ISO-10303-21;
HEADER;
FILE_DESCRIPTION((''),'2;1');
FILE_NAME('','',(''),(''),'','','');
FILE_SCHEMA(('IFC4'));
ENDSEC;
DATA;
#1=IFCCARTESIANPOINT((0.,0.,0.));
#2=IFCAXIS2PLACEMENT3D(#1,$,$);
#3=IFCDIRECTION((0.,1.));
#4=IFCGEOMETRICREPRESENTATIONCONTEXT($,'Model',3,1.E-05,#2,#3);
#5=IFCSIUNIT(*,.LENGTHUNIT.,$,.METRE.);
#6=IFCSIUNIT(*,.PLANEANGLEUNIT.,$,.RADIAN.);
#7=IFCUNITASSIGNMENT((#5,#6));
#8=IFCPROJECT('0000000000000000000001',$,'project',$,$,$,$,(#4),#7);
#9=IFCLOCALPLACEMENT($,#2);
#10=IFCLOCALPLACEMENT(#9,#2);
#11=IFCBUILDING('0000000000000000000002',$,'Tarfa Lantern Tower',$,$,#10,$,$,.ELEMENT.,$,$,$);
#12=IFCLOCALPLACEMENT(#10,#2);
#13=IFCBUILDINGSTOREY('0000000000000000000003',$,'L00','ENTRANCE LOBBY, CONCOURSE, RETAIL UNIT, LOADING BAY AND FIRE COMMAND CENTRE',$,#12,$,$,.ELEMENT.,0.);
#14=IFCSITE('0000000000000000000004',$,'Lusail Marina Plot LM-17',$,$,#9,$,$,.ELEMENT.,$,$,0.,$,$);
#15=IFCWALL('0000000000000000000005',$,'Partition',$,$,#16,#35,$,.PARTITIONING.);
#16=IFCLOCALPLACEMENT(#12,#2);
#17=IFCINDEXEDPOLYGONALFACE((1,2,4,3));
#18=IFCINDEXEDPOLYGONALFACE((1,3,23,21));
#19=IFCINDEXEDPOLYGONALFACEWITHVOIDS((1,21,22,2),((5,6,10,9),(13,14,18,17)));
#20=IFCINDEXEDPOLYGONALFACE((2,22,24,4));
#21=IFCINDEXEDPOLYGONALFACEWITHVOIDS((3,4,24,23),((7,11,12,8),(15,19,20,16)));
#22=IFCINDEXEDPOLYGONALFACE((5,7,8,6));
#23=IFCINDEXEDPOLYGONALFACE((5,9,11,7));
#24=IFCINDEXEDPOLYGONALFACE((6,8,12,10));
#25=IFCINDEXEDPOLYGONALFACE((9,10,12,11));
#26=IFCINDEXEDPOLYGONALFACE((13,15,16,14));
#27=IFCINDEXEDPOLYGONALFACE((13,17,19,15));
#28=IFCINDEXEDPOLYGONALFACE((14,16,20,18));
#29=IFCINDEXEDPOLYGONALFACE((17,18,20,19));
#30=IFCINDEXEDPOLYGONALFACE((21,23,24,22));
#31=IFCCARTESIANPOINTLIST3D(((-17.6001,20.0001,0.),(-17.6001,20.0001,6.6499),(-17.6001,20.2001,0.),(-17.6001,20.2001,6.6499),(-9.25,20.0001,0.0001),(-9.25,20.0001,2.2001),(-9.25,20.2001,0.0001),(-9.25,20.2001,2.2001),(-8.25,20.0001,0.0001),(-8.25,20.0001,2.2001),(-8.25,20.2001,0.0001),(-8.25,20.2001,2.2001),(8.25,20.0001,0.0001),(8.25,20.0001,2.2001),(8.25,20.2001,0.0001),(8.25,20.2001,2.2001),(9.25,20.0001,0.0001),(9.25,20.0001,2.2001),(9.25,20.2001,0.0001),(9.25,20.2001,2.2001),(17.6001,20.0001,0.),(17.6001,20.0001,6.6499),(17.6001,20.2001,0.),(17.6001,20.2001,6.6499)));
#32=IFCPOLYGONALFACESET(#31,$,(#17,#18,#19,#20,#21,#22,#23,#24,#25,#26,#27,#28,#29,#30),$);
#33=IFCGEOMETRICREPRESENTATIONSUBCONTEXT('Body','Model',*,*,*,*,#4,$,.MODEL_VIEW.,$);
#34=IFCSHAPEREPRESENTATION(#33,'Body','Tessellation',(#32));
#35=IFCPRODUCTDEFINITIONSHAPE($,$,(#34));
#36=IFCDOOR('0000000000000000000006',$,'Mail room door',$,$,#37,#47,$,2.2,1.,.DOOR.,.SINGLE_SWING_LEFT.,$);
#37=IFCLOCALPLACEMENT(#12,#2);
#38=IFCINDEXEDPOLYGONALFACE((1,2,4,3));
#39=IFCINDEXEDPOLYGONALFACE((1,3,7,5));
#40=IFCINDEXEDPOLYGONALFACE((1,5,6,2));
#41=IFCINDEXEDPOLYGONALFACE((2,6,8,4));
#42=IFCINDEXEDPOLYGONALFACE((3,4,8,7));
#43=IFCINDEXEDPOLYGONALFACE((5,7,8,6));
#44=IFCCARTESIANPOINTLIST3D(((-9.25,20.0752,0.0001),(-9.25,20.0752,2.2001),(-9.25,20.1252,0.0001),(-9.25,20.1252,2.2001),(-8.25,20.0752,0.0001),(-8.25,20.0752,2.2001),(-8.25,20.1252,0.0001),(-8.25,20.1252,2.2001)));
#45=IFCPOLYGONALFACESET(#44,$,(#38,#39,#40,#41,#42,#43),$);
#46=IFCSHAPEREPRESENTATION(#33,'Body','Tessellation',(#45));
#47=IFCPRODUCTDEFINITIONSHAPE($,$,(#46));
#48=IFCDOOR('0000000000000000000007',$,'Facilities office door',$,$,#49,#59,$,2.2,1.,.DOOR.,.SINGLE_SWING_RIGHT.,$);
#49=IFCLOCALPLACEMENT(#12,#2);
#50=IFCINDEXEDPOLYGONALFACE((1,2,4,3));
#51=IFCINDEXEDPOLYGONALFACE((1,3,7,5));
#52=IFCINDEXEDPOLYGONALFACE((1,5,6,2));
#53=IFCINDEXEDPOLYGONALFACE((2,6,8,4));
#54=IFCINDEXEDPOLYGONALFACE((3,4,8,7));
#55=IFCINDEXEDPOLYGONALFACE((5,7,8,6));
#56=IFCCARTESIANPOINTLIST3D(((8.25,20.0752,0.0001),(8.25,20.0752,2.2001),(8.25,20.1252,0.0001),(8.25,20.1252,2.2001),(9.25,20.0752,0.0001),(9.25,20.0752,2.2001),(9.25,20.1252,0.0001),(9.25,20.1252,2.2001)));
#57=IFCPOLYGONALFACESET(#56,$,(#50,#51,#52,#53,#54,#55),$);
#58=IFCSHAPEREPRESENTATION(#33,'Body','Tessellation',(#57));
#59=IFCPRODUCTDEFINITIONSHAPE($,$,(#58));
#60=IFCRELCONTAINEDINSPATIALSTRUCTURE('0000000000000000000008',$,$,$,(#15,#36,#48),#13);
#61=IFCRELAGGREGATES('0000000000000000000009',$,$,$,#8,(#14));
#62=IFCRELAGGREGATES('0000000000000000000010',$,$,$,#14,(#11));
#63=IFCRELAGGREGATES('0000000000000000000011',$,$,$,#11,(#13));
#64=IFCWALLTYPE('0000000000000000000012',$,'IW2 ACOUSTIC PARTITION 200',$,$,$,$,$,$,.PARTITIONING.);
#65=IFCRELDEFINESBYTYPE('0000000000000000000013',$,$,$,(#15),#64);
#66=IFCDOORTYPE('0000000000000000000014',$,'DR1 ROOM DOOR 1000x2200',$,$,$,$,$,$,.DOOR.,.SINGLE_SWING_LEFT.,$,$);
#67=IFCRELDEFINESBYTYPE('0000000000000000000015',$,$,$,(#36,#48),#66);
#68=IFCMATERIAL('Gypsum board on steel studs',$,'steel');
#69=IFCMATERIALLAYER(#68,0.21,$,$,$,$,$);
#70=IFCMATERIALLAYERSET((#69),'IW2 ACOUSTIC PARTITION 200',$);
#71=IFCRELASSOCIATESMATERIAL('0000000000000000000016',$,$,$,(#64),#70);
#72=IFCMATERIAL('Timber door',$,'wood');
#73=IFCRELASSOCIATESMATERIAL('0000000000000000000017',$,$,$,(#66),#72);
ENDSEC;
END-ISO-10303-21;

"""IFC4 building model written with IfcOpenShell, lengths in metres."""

from ifc_helpers import new_model, si_unit, direction, frame, frame_2d, origin, place, context, subcontext, project, spatial, rectangle, extrude, material, layer, layer_set, type_object, element, fill, save


model = new_model("IFC4")

# Units and contexts
model_context = context("Model", 3, precision=1e-05, world=origin(), true_north=direction((0.0, 1.0)))
body_context = subcontext(model_context, "Body", "Model", "MODEL_VIEW")
ifc_project = project(units=[si_unit("LENGTHUNIT", "METRE"), si_unit("PLANEANGLEUNIT", "RADIAN")], contexts=[model_context])

# Site, building, storey
site_placement = place(None, origin())
site = spatial("IfcSite", under=ifc_project, at=site_placement, Name="Lusail Marina Plot LM-17", CompositionType="ELEMENT", RefElevation=0.0)
building_placement = place(site_placement, origin())
building = spatial("IfcBuilding", under=site, at=building_placement, Name="Tarfa Lantern Tower", CompositionType="ELEMENT")
storey_placement = place(building_placement, origin())
storey = spatial("IfcBuildingStorey", under=building, at=storey_placement, Name="L00", Description="ENTRANCE LOBBY, CONCOURSE, RETAIL UNIT, LOADING BAY AND FIRE COMMAND CENTRE", CompositionType="ELEMENT", Elevation=0.0)

# Wall, openings, doors
ifc_material_1 = material(Name="Gypsum board on steel studs", Category="steel")
ifc_layer = layer(ifc_material_1, 0.21)
ifc_layer_set = layer_set([ifc_layer], Name="IW2 ACOUSTIC PARTITION 200")
wall_type = type_object("IfcWallType", Name="IW2 ACOUSTIC PARTITION 200", PredefinedType="PARTITIONING", material=ifc_layer_set)
wall_placement = place(storey_placement, frame((-17.6001, 20.1001, 0.0), z_axis=(0.0, 0.0, 1.0), x_axis=(1.0, 0.0, 0.0)))
wall = element("IfcWall", 1, at=wall_placement, inside=storey, type_object=wall_type, Name="Partition", PredefinedType="PARTITIONING", context=body_context, shape_type="SweptSolid", body=[
    extrude(rectangle(XDim=35.2002, YDim=0.2, at=frame_2d((17.6001, 0.0))), origin(), (0.0, 0.0, 1.0), 6.6499),
])
opening_1_placement = place(wall_placement, frame((8.3501, 0.0, 0.0)))
opening_1 = element("IfcOpeningElement", 2, at=opening_1_placement, cuts=wall, PredefinedType="OPENING", context=body_context, shape_type="SweptSolid", body=[
    extrude(rectangle(XDim=1.0, YDim=2.2, at=frame_2d((0.5, 1.1001))), frame((0.0, 0.1099, 0.0), z_axis=(0.0, -1.0, 0.0), x_axis=(1.0, 0.0, 0.0)), (0.0, 0.0, 1.0), 0.22),
])
opening_2_placement = place(wall_placement, frame((25.8501, 0.0, 0.0)))
opening_2 = element("IfcOpeningElement", 3, at=opening_2_placement, cuts=wall, PredefinedType="OPENING", context=body_context, shape_type="SweptSolid", body=[
    extrude(rectangle(XDim=1.0, YDim=2.2, at=frame_2d((0.5, 1.1001))), frame((0.0, 0.1099, 0.0), z_axis=(0.0, -1.0, 0.0), x_axis=(1.0, 0.0, 0.0)), (0.0, 0.0, 1.0), 0.22),
])
ifc_material_2 = material(Name="Timber door", Category="wood")
door_type = type_object("IfcDoorType", Name="DR1 ROOM DOOR 1000x2200", OperationType="SINGLE_SWING_LEFT", PredefinedType="DOOR", material=ifc_material_2)
door_1_placement = place(opening_1_placement, frame((1.0, 0.0, 0.0), z_axis=(0.0, 0.0, 1.0), x_axis=(-1.0, 0.0, 0.0)))
door_1 = element("IfcDoor", 4, at=door_1_placement, inside=storey, type_object=door_type, Name="Mail room door", OperationType="SINGLE_SWING_LEFT", OverallHeight=2.2, OverallWidth=1.0, PredefinedType="DOOR", context=body_context, shape_type="SweptSolid", body=[
    extrude(rectangle(XDim=1.0, YDim=2.2, at=frame_2d((0.5, 1.1001))), frame((0.0, 0.0249, 0.0), z_axis=(0.0, -1.0, 0.0), x_axis=(1.0, 0.0, 0.0)), (0.0, 0.0, 1.0), 0.05),
])
fill(opening_1, door_1)
door_2_placement = place(opening_2_placement, frame((1.0, 0.0, 0.0), z_axis=(0.0, 0.0, 1.0), x_axis=(-1.0, 0.0, 0.0)))
door_2 = element("IfcDoor", 5, at=door_2_placement, inside=storey, type_object=door_type, Name="Facilities office door", OperationType="SINGLE_SWING_RIGHT", OverallHeight=2.2, OverallWidth=1.0, PredefinedType="DOOR", context=body_context, shape_type="SweptSolid", body=[
    extrude(rectangle(XDim=1.0, YDim=2.2, at=frame_2d((0.5, 1.1001))), frame((0.0, 0.0249, 0.0), z_axis=(0.0, -1.0, 0.0), x_axis=(1.0, 0.0, 0.0)), (0.0, 0.0, 1.0), 0.05),
])
fill(opening_2, door_2)

save(model, "model.ifc")
